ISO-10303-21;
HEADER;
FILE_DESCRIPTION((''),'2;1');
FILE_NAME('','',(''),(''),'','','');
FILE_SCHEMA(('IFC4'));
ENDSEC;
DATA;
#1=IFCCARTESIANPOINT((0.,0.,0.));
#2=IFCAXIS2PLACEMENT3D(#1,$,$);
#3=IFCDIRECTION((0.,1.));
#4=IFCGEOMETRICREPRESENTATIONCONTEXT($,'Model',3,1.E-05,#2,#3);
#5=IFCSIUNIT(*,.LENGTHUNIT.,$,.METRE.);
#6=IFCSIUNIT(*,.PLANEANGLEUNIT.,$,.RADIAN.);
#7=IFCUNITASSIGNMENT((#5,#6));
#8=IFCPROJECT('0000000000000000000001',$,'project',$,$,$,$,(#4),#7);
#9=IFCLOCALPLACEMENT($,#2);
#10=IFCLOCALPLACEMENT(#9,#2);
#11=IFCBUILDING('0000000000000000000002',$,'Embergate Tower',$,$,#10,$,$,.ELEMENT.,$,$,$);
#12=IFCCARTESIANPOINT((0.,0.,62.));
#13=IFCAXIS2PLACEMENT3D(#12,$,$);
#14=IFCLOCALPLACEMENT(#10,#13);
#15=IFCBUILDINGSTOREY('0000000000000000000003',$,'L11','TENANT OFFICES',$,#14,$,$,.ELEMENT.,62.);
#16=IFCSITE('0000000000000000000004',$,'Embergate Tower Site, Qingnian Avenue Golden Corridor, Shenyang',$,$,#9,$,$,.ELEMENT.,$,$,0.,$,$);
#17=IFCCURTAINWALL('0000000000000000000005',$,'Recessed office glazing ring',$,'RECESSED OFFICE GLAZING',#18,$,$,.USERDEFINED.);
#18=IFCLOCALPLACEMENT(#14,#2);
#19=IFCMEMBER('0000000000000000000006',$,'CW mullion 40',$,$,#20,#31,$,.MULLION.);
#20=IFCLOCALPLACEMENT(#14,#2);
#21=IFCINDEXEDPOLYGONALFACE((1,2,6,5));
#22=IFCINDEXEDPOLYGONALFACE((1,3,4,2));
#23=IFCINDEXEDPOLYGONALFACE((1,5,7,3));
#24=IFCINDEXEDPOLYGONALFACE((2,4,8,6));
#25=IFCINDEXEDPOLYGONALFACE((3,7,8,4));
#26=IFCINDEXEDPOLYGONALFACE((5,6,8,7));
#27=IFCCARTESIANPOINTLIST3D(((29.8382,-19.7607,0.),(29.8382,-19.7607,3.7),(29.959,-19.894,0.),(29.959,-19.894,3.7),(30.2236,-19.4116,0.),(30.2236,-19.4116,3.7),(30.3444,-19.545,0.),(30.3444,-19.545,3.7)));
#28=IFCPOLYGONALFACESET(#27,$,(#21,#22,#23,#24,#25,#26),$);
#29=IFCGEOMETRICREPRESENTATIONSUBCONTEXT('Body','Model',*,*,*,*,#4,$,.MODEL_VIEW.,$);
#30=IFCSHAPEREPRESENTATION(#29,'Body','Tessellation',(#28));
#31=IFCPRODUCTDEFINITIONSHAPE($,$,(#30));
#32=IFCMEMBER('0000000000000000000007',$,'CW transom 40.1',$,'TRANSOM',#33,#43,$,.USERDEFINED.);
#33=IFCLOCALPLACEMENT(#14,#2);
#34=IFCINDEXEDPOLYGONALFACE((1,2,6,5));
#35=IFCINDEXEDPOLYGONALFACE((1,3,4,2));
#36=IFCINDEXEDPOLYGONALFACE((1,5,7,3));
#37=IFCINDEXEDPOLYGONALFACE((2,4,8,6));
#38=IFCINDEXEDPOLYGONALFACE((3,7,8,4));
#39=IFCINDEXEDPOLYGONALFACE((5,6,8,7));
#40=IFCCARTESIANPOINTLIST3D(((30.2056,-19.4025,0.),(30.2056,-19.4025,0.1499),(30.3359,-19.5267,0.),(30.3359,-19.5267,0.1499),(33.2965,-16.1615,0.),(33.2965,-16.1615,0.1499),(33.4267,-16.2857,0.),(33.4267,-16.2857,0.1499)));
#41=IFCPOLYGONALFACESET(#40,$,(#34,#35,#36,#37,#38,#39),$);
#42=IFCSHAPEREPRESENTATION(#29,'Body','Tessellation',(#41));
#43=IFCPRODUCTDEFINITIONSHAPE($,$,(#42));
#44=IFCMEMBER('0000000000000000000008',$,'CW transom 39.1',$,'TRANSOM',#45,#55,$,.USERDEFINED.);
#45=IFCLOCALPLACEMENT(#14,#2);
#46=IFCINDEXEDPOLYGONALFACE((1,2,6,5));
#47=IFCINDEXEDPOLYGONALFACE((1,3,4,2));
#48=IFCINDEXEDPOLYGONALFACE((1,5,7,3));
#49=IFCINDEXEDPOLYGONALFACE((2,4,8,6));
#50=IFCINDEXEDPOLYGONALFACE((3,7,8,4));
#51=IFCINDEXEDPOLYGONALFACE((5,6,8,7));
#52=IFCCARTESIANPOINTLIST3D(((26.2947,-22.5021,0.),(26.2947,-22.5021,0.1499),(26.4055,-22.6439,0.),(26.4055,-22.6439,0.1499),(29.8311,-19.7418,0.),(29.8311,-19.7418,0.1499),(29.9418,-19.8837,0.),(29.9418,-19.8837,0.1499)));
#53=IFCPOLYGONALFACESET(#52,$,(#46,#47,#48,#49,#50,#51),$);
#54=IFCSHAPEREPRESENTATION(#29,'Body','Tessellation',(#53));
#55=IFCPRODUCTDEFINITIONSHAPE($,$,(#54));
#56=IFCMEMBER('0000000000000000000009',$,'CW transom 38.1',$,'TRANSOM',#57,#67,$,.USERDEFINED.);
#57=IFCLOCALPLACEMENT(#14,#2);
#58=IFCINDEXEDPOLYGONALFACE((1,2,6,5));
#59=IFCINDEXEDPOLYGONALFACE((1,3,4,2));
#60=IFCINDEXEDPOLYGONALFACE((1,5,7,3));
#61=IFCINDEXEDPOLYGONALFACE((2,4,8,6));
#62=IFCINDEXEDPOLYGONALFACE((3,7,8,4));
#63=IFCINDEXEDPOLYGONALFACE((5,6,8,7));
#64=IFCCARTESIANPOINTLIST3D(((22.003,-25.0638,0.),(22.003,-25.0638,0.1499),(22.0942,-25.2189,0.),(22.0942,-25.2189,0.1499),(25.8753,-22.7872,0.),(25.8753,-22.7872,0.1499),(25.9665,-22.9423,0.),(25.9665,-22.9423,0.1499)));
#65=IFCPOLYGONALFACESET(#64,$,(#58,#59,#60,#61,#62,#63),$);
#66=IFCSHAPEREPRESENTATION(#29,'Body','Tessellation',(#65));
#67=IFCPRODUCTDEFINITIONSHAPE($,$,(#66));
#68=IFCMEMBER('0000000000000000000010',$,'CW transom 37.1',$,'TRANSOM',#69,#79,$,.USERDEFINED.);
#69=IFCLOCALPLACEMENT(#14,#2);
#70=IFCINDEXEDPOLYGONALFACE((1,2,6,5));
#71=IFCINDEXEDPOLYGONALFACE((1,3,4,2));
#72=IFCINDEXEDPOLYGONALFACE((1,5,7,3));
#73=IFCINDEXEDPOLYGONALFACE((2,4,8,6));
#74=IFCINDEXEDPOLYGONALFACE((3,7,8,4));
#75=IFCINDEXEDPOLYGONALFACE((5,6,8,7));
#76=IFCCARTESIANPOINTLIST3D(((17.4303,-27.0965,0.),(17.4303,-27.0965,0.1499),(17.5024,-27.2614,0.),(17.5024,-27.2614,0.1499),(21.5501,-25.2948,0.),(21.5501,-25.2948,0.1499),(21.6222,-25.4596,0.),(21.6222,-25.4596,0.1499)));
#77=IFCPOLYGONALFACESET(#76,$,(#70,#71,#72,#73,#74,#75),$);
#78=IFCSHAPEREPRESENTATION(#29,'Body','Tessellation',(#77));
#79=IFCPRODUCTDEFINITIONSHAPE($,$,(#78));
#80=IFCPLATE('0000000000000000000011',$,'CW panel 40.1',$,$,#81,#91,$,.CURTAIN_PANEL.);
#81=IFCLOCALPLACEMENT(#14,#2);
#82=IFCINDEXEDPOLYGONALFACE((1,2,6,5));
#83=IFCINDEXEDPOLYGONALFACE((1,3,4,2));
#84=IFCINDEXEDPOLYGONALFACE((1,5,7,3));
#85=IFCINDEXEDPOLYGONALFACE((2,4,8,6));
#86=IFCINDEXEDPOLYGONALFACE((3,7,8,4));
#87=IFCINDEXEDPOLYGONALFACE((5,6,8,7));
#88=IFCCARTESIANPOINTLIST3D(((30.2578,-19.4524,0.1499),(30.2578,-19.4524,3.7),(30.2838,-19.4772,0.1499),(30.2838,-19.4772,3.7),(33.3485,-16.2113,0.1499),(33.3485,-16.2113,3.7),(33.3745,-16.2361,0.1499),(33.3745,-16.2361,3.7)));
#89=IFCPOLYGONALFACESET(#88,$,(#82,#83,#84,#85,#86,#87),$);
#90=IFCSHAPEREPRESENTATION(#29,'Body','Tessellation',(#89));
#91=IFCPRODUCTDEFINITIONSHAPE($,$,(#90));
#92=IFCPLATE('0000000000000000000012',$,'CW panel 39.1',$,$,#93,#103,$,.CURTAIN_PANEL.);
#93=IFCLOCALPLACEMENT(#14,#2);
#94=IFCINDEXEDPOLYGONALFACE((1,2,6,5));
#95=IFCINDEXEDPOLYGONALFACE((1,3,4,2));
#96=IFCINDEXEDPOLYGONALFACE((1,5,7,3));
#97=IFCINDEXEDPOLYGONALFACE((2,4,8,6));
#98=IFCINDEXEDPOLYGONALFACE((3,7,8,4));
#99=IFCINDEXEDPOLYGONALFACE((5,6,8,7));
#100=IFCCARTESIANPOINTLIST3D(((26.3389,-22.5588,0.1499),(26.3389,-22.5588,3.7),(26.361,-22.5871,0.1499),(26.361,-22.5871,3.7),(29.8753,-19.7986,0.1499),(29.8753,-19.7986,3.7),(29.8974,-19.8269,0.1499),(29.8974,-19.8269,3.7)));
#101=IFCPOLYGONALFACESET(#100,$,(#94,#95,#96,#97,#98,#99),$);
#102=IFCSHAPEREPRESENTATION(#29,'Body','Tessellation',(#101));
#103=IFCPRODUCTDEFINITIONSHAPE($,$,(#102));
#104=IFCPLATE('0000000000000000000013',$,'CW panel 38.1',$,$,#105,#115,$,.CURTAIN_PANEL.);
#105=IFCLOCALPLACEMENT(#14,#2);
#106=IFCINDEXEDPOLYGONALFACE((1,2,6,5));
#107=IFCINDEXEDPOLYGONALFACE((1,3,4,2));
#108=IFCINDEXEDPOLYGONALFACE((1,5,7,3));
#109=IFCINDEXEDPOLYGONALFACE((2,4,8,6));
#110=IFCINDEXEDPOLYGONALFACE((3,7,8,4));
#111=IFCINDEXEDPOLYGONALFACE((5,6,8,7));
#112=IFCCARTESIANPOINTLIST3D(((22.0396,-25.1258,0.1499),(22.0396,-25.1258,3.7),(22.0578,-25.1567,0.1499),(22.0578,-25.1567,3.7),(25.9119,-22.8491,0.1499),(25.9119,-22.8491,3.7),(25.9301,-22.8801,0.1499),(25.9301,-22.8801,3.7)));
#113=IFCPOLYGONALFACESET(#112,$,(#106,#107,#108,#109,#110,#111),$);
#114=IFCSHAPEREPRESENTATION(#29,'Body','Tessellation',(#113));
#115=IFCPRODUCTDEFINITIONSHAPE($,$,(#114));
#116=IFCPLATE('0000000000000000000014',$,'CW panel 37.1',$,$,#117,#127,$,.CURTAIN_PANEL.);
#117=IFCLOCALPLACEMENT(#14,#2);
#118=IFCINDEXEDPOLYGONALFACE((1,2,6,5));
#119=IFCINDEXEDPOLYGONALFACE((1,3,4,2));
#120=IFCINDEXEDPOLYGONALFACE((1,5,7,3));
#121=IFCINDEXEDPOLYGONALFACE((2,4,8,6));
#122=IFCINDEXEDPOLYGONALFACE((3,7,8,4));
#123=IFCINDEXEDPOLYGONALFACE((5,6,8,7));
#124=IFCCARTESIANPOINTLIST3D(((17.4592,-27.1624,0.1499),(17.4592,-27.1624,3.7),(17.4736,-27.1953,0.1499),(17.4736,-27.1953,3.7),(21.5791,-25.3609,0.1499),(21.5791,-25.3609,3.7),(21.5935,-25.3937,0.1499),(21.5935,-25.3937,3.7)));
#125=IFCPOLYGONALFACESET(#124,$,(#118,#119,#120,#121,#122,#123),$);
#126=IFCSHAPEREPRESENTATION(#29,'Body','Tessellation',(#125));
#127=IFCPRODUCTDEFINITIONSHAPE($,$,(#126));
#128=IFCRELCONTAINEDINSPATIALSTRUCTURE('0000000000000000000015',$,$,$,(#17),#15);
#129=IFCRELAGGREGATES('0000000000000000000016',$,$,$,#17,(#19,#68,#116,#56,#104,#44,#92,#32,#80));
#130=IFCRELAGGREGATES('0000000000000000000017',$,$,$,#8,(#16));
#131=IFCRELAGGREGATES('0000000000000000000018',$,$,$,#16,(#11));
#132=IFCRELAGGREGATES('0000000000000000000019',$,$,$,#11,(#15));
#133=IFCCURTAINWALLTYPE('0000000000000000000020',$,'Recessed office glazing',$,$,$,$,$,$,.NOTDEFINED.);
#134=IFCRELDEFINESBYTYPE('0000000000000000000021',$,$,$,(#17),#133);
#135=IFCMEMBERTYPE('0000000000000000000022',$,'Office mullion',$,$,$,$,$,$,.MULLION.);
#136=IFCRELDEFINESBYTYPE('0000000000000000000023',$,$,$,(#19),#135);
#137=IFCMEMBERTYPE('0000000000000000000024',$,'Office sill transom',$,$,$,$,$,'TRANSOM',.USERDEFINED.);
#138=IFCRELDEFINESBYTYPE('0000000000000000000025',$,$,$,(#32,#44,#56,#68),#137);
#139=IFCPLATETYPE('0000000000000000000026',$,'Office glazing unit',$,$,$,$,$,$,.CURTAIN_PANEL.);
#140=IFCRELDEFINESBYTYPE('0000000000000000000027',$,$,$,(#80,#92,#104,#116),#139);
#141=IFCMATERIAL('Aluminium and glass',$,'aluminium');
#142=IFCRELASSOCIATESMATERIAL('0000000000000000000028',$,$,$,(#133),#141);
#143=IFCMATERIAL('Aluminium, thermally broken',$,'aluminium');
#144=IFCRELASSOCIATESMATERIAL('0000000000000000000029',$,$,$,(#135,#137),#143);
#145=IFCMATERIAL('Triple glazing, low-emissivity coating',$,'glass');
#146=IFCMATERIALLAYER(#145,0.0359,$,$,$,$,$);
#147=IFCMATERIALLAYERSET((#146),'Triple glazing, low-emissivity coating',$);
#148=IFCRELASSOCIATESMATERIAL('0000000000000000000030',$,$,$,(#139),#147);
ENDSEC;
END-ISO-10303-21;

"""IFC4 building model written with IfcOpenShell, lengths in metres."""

from ifc_helpers import new_model, si_unit, direction, frame, origin, origin_2d, place, context, subcontext, project, spatial, rectangle, extrude, source, transform, mapped, material, layer, layer_set, material_profile, profile_set, type_object, element, aggregate, save


model = new_model("IFC4")

# Units and contexts
model_context = context("Model", 3, precision=1e-05, world=origin(), true_north=direction((0.0, 1.0)))
body_context = subcontext(model_context, "Body", "Model", "MODEL_VIEW")
ifc_project = project(units=[si_unit("LENGTHUNIT", "METRE"), si_unit("PLANEANGLEUNIT", "RADIAN")], contexts=[model_context])

# Site, building, storey
site_placement = place(None, origin())
site = spatial("IfcSite", under=ifc_project, at=site_placement, Name="Embergate Tower Site, Qingnian Avenue Golden Corridor, Shenyang", CompositionType="ELEMENT", RefElevation=0.0)
building_placement = place(site_placement, origin())
building = spatial("IfcBuilding", under=site, at=building_placement, Name="Embergate Tower", CompositionType="ELEMENT")
storey_placement = place(building_placement, frame((0.0, 0.0, 62.0)))
storey = spatial("IfcBuildingStorey", under=building, at=storey_placement, Name="L11", Description="TENANT OFFICES", CompositionType="ELEMENT", Elevation=62.0)

# Curtain wall, members, plates
ifc_material_1 = material(Name="Aluminium and glass", Category="aluminium")
curtain_wall_type = type_object("IfcCurtainWallType", Name="Recessed office glazing", PredefinedType="NOTDEFINED", material=ifc_material_1)
curtain_wall_placement = place(storey_placement, origin())
curtain_wall = element("IfcCurtainWall", 1, at=curtain_wall_placement, inside=storey, type_object=curtain_wall_type, Name="Recessed office glazing ring", ObjectType="RECESSED OFFICE GLAZING", PredefinedType="USERDEFINED")
ifc_material_2 = material(Name="Aluminium, thermally broken", Category="aluminium")
ifc_material_profile_1 = material_profile(ifc_material_2, rectangle(XDim=0.1799, YDim=0.52, at=origin_2d()), Name="AL 520x180")
ifc_profile_set_1 = profile_set([ifc_material_profile_1], Name="Aluminium, thermally broken")
member_type_1 = type_object("IfcMemberType", Name="Office mullion", PredefinedType="MULLION", material=ifc_profile_set_1)
shared_shape_1 = source(origin(), body_context, "Body", "SweptSolid", [
    extrude(rectangle(XDim=0.1799, YDim=0.52, at=origin_2d()), origin(), (0.0, 0.0, 1.0), 3.7),
])
member_1_placement = place(storey_placement, frame((30.0913, -19.6528, 0.0), z_axis=(0.0, 0.0, 1.0), x_axis=(-0.671239, 0.741241, 0.0)))
member_1 = element("IfcMember", 2, at=member_1_placement, type_object=member_type_1, Name="CW mullion 40", PredefinedType="MULLION", context=body_context, shape_type="MappedRepresentation", body=[
    mapped(shared_shape_1, transform((0.0, 0.0, 0.0))),
])
ifc_material_profile_2 = material_profile(ifc_material_2, rectangle(XDim=0.1799, YDim=0.1499, at=origin_2d()), Name="AL 150x180")
ifc_profile_set_2 = profile_set([ifc_material_profile_2], Name="Aluminium, thermally broken")
member_type_2 = type_object("IfcMemberType", Name="Office sill transom", ElementType="TRANSOM", PredefinedType="USERDEFINED", material=ifc_profile_set_2)
shared_shape_2 = source(origin(), body_context, "Body", "SweptSolid", [
    extrude(rectangle(XDim=0.1799, YDim=0.1499, at=origin_2d()), origin(), (0.0, 0.0, 1.0), 4.4785),
])
member_2_placement = place(storey_placement, frame((30.2708, -19.4646, 0.075), z_axis=(0.690145, 0.723671, 0.0), x_axis=(-0.723671, 0.690145, 0.0)))
member_2 = element("IfcMember", 3, at=member_2_placement, type_object=member_type_2, Name="CW transom 40.1", ObjectType="TRANSOM", PredefinedType="USERDEFINED", context=body_context, shape_type="MappedRepresentation", body=[
    mapped(shared_shape_2, transform((0.0, 0.0, 0.0))),
])
shared_shape_3 = source(origin(), body_context, "Body", "SweptSolid", [
    extrude(rectangle(XDim=0.1799, YDim=0.1499, at=origin_2d()), origin(), (0.0, 0.0, 1.0), 4.4861),
])
member_3_placement = place(storey_placement, frame((26.3501, -22.573, 0.075), z_axis=(0.788299, 0.615292, 0.0), x_axis=(-0.615292, 0.788299, 0.0)))
member_3 = element("IfcMember", 4, at=member_3_placement, type_object=member_type_2, Name="CW transom 39.1", ObjectType="TRANSOM", PredefinedType="USERDEFINED", context=body_context, shape_type="MappedRepresentation", body=[
    mapped(shared_shape_3, transform((0.0, 0.0, 0.0))),
])
shared_shape_4 = source(origin(), body_context, "Body", "SweptSolid", [
    extrude(rectangle(XDim=0.1799, YDim=0.1499, at=origin_2d()), origin(), (0.0, 0.0, 1.0), 4.4919),
])
member_4_placement = place(storey_placement, frame((22.0486, -25.1414, 0.075), z_axis=(0.862053, 0.506818, 0.0), x_axis=(-0.506818, 0.862053, 0.0)))
member_4 = element("IfcMember", 5, at=member_4_placement, type_object=member_type_2, Name="CW transom 38.1", ObjectType="TRANSOM", PredefinedType="USERDEFINED", context=body_context, shape_type="MappedRepresentation", body=[
    mapped(shared_shape_4, transform((0.0, 0.0, 0.0))),
])
shared_shape_5 = source(origin(), body_context, "Body", "SweptSolid", [
    extrude(rectangle(XDim=0.1799, YDim=0.1499, at=origin_2d()), origin(), (0.0, 0.0, 1.0), 4.4966),
])
member_5_placement = place(storey_placement, frame((17.4663, -27.179, 0.075), z_axis=(0.916213, 0.400691, 0.0), x_axis=(-0.400691, 0.916213, 0.0)))
member_5 = element("IfcMember", 6, at=member_5_placement, type_object=member_type_2, Name="CW transom 37.1", ObjectType="TRANSOM", PredefinedType="USERDEFINED", context=body_context, shape_type="MappedRepresentation", body=[
    mapped(shared_shape_5, transform((0.0, 0.0, 0.0))),
])
ifc_material_3 = material(Name="Triple glazing, low-emissivity coating", Category="glass")
ifc_layer_1 = layer(ifc_material_3, 0.0359)
ifc_layer_set_1 = layer_set([ifc_layer_1], Name="Triple glazing, low-emissivity coating")
plate_type = type_object("IfcPlateType", Name="Office glazing unit", PredefinedType="CURTAIN_PANEL", material=ifc_layer_set_1)
shared_shape_6 = source(origin(), body_context, "Body", "SweptSolid", [
    extrude(rectangle(XDim=4.4785, YDim=0.0359, at=origin_2d()), origin(), (0.0, 0.0, 1.0), 3.55),
])
plate_1_placement = place(storey_placement, frame((31.8162, -17.8442, 0.1499), z_axis=(0.0, 0.0, 1.0), x_axis=(0.690125, 0.72369, 0.0)))
plate_1 = element("IfcPlate", 7, at=plate_1_placement, type_object=plate_type, Name="CW panel 40.1", PredefinedType="CURTAIN_PANEL", context=body_context, shape_type="MappedRepresentation", body=[
    mapped(shared_shape_6, transform((0.0, 0.0, 0.0))),
])
shared_shape_7 = source(origin(), body_context, "Body", "SweptSolid", [
    extrude(rectangle(XDim=4.4861, YDim=0.0359, at=origin_2d()), origin(), (0.0, 0.0, 1.0), 3.55),
])
plate_2_placement = place(storey_placement, frame((28.1182, -21.1929, 0.1499), z_axis=(0.0, 0.0, 1.0), x_axis=(0.788313, 0.615275, 0.0)))
plate_2 = element("IfcPlate", 8, at=plate_2_placement, type_object=plate_type, Name="CW panel 39.1", PredefinedType="CURTAIN_PANEL", context=body_context, shape_type="MappedRepresentation", body=[
    mapped(shared_shape_7, transform((0.0, 0.0, 0.0))),
])
shared_shape_8 = source(origin(), body_context, "Body", "SweptSolid", [
    extrude(rectangle(XDim=4.4919, YDim=0.0359, at=origin_2d()), origin(), (0.0, 0.0, 1.0), 3.55),
])
plate_3_placement = place(storey_placement, frame((23.9849, -24.0029, 0.1499), z_axis=(0.0, 0.0, 1.0), x_axis=(0.862048, 0.506827, 0.0)))
plate_3 = element("IfcPlate", 9, at=plate_3_placement, type_object=plate_type, Name="CW panel 38.1", PredefinedType="CURTAIN_PANEL", context=body_context, shape_type="MappedRepresentation", body=[
    mapped(shared_shape_8, transform((0.0, 0.0, 0.0))),
])
shared_shape_9 = source(origin(), body_context, "Body", "SweptSolid", [
    extrude(rectangle(XDim=4.4966, YDim=0.0359, at=origin_2d()), origin(), (0.0, 0.0, 1.0), 3.55),
])
plate_4_placement = place(storey_placement, frame((19.5264, -26.2781, 0.1499), z_axis=(0.0, 0.0, 1.0), x_axis=(0.916233, 0.400646, 0.0)))
plate_4 = element("IfcPlate", 10, at=plate_4_placement, type_object=plate_type, Name="CW panel 37.1", PredefinedType="CURTAIN_PANEL", context=body_context, shape_type="MappedRepresentation", body=[
    mapped(shared_shape_9, transform((0.0, 0.0, 0.0))),
])
aggregate(curtain_wall, [member_1, member_5, plate_4, member_4, plate_3, member_3, plate_2, member_2, plate_1])

save(model, "model.ifc")
